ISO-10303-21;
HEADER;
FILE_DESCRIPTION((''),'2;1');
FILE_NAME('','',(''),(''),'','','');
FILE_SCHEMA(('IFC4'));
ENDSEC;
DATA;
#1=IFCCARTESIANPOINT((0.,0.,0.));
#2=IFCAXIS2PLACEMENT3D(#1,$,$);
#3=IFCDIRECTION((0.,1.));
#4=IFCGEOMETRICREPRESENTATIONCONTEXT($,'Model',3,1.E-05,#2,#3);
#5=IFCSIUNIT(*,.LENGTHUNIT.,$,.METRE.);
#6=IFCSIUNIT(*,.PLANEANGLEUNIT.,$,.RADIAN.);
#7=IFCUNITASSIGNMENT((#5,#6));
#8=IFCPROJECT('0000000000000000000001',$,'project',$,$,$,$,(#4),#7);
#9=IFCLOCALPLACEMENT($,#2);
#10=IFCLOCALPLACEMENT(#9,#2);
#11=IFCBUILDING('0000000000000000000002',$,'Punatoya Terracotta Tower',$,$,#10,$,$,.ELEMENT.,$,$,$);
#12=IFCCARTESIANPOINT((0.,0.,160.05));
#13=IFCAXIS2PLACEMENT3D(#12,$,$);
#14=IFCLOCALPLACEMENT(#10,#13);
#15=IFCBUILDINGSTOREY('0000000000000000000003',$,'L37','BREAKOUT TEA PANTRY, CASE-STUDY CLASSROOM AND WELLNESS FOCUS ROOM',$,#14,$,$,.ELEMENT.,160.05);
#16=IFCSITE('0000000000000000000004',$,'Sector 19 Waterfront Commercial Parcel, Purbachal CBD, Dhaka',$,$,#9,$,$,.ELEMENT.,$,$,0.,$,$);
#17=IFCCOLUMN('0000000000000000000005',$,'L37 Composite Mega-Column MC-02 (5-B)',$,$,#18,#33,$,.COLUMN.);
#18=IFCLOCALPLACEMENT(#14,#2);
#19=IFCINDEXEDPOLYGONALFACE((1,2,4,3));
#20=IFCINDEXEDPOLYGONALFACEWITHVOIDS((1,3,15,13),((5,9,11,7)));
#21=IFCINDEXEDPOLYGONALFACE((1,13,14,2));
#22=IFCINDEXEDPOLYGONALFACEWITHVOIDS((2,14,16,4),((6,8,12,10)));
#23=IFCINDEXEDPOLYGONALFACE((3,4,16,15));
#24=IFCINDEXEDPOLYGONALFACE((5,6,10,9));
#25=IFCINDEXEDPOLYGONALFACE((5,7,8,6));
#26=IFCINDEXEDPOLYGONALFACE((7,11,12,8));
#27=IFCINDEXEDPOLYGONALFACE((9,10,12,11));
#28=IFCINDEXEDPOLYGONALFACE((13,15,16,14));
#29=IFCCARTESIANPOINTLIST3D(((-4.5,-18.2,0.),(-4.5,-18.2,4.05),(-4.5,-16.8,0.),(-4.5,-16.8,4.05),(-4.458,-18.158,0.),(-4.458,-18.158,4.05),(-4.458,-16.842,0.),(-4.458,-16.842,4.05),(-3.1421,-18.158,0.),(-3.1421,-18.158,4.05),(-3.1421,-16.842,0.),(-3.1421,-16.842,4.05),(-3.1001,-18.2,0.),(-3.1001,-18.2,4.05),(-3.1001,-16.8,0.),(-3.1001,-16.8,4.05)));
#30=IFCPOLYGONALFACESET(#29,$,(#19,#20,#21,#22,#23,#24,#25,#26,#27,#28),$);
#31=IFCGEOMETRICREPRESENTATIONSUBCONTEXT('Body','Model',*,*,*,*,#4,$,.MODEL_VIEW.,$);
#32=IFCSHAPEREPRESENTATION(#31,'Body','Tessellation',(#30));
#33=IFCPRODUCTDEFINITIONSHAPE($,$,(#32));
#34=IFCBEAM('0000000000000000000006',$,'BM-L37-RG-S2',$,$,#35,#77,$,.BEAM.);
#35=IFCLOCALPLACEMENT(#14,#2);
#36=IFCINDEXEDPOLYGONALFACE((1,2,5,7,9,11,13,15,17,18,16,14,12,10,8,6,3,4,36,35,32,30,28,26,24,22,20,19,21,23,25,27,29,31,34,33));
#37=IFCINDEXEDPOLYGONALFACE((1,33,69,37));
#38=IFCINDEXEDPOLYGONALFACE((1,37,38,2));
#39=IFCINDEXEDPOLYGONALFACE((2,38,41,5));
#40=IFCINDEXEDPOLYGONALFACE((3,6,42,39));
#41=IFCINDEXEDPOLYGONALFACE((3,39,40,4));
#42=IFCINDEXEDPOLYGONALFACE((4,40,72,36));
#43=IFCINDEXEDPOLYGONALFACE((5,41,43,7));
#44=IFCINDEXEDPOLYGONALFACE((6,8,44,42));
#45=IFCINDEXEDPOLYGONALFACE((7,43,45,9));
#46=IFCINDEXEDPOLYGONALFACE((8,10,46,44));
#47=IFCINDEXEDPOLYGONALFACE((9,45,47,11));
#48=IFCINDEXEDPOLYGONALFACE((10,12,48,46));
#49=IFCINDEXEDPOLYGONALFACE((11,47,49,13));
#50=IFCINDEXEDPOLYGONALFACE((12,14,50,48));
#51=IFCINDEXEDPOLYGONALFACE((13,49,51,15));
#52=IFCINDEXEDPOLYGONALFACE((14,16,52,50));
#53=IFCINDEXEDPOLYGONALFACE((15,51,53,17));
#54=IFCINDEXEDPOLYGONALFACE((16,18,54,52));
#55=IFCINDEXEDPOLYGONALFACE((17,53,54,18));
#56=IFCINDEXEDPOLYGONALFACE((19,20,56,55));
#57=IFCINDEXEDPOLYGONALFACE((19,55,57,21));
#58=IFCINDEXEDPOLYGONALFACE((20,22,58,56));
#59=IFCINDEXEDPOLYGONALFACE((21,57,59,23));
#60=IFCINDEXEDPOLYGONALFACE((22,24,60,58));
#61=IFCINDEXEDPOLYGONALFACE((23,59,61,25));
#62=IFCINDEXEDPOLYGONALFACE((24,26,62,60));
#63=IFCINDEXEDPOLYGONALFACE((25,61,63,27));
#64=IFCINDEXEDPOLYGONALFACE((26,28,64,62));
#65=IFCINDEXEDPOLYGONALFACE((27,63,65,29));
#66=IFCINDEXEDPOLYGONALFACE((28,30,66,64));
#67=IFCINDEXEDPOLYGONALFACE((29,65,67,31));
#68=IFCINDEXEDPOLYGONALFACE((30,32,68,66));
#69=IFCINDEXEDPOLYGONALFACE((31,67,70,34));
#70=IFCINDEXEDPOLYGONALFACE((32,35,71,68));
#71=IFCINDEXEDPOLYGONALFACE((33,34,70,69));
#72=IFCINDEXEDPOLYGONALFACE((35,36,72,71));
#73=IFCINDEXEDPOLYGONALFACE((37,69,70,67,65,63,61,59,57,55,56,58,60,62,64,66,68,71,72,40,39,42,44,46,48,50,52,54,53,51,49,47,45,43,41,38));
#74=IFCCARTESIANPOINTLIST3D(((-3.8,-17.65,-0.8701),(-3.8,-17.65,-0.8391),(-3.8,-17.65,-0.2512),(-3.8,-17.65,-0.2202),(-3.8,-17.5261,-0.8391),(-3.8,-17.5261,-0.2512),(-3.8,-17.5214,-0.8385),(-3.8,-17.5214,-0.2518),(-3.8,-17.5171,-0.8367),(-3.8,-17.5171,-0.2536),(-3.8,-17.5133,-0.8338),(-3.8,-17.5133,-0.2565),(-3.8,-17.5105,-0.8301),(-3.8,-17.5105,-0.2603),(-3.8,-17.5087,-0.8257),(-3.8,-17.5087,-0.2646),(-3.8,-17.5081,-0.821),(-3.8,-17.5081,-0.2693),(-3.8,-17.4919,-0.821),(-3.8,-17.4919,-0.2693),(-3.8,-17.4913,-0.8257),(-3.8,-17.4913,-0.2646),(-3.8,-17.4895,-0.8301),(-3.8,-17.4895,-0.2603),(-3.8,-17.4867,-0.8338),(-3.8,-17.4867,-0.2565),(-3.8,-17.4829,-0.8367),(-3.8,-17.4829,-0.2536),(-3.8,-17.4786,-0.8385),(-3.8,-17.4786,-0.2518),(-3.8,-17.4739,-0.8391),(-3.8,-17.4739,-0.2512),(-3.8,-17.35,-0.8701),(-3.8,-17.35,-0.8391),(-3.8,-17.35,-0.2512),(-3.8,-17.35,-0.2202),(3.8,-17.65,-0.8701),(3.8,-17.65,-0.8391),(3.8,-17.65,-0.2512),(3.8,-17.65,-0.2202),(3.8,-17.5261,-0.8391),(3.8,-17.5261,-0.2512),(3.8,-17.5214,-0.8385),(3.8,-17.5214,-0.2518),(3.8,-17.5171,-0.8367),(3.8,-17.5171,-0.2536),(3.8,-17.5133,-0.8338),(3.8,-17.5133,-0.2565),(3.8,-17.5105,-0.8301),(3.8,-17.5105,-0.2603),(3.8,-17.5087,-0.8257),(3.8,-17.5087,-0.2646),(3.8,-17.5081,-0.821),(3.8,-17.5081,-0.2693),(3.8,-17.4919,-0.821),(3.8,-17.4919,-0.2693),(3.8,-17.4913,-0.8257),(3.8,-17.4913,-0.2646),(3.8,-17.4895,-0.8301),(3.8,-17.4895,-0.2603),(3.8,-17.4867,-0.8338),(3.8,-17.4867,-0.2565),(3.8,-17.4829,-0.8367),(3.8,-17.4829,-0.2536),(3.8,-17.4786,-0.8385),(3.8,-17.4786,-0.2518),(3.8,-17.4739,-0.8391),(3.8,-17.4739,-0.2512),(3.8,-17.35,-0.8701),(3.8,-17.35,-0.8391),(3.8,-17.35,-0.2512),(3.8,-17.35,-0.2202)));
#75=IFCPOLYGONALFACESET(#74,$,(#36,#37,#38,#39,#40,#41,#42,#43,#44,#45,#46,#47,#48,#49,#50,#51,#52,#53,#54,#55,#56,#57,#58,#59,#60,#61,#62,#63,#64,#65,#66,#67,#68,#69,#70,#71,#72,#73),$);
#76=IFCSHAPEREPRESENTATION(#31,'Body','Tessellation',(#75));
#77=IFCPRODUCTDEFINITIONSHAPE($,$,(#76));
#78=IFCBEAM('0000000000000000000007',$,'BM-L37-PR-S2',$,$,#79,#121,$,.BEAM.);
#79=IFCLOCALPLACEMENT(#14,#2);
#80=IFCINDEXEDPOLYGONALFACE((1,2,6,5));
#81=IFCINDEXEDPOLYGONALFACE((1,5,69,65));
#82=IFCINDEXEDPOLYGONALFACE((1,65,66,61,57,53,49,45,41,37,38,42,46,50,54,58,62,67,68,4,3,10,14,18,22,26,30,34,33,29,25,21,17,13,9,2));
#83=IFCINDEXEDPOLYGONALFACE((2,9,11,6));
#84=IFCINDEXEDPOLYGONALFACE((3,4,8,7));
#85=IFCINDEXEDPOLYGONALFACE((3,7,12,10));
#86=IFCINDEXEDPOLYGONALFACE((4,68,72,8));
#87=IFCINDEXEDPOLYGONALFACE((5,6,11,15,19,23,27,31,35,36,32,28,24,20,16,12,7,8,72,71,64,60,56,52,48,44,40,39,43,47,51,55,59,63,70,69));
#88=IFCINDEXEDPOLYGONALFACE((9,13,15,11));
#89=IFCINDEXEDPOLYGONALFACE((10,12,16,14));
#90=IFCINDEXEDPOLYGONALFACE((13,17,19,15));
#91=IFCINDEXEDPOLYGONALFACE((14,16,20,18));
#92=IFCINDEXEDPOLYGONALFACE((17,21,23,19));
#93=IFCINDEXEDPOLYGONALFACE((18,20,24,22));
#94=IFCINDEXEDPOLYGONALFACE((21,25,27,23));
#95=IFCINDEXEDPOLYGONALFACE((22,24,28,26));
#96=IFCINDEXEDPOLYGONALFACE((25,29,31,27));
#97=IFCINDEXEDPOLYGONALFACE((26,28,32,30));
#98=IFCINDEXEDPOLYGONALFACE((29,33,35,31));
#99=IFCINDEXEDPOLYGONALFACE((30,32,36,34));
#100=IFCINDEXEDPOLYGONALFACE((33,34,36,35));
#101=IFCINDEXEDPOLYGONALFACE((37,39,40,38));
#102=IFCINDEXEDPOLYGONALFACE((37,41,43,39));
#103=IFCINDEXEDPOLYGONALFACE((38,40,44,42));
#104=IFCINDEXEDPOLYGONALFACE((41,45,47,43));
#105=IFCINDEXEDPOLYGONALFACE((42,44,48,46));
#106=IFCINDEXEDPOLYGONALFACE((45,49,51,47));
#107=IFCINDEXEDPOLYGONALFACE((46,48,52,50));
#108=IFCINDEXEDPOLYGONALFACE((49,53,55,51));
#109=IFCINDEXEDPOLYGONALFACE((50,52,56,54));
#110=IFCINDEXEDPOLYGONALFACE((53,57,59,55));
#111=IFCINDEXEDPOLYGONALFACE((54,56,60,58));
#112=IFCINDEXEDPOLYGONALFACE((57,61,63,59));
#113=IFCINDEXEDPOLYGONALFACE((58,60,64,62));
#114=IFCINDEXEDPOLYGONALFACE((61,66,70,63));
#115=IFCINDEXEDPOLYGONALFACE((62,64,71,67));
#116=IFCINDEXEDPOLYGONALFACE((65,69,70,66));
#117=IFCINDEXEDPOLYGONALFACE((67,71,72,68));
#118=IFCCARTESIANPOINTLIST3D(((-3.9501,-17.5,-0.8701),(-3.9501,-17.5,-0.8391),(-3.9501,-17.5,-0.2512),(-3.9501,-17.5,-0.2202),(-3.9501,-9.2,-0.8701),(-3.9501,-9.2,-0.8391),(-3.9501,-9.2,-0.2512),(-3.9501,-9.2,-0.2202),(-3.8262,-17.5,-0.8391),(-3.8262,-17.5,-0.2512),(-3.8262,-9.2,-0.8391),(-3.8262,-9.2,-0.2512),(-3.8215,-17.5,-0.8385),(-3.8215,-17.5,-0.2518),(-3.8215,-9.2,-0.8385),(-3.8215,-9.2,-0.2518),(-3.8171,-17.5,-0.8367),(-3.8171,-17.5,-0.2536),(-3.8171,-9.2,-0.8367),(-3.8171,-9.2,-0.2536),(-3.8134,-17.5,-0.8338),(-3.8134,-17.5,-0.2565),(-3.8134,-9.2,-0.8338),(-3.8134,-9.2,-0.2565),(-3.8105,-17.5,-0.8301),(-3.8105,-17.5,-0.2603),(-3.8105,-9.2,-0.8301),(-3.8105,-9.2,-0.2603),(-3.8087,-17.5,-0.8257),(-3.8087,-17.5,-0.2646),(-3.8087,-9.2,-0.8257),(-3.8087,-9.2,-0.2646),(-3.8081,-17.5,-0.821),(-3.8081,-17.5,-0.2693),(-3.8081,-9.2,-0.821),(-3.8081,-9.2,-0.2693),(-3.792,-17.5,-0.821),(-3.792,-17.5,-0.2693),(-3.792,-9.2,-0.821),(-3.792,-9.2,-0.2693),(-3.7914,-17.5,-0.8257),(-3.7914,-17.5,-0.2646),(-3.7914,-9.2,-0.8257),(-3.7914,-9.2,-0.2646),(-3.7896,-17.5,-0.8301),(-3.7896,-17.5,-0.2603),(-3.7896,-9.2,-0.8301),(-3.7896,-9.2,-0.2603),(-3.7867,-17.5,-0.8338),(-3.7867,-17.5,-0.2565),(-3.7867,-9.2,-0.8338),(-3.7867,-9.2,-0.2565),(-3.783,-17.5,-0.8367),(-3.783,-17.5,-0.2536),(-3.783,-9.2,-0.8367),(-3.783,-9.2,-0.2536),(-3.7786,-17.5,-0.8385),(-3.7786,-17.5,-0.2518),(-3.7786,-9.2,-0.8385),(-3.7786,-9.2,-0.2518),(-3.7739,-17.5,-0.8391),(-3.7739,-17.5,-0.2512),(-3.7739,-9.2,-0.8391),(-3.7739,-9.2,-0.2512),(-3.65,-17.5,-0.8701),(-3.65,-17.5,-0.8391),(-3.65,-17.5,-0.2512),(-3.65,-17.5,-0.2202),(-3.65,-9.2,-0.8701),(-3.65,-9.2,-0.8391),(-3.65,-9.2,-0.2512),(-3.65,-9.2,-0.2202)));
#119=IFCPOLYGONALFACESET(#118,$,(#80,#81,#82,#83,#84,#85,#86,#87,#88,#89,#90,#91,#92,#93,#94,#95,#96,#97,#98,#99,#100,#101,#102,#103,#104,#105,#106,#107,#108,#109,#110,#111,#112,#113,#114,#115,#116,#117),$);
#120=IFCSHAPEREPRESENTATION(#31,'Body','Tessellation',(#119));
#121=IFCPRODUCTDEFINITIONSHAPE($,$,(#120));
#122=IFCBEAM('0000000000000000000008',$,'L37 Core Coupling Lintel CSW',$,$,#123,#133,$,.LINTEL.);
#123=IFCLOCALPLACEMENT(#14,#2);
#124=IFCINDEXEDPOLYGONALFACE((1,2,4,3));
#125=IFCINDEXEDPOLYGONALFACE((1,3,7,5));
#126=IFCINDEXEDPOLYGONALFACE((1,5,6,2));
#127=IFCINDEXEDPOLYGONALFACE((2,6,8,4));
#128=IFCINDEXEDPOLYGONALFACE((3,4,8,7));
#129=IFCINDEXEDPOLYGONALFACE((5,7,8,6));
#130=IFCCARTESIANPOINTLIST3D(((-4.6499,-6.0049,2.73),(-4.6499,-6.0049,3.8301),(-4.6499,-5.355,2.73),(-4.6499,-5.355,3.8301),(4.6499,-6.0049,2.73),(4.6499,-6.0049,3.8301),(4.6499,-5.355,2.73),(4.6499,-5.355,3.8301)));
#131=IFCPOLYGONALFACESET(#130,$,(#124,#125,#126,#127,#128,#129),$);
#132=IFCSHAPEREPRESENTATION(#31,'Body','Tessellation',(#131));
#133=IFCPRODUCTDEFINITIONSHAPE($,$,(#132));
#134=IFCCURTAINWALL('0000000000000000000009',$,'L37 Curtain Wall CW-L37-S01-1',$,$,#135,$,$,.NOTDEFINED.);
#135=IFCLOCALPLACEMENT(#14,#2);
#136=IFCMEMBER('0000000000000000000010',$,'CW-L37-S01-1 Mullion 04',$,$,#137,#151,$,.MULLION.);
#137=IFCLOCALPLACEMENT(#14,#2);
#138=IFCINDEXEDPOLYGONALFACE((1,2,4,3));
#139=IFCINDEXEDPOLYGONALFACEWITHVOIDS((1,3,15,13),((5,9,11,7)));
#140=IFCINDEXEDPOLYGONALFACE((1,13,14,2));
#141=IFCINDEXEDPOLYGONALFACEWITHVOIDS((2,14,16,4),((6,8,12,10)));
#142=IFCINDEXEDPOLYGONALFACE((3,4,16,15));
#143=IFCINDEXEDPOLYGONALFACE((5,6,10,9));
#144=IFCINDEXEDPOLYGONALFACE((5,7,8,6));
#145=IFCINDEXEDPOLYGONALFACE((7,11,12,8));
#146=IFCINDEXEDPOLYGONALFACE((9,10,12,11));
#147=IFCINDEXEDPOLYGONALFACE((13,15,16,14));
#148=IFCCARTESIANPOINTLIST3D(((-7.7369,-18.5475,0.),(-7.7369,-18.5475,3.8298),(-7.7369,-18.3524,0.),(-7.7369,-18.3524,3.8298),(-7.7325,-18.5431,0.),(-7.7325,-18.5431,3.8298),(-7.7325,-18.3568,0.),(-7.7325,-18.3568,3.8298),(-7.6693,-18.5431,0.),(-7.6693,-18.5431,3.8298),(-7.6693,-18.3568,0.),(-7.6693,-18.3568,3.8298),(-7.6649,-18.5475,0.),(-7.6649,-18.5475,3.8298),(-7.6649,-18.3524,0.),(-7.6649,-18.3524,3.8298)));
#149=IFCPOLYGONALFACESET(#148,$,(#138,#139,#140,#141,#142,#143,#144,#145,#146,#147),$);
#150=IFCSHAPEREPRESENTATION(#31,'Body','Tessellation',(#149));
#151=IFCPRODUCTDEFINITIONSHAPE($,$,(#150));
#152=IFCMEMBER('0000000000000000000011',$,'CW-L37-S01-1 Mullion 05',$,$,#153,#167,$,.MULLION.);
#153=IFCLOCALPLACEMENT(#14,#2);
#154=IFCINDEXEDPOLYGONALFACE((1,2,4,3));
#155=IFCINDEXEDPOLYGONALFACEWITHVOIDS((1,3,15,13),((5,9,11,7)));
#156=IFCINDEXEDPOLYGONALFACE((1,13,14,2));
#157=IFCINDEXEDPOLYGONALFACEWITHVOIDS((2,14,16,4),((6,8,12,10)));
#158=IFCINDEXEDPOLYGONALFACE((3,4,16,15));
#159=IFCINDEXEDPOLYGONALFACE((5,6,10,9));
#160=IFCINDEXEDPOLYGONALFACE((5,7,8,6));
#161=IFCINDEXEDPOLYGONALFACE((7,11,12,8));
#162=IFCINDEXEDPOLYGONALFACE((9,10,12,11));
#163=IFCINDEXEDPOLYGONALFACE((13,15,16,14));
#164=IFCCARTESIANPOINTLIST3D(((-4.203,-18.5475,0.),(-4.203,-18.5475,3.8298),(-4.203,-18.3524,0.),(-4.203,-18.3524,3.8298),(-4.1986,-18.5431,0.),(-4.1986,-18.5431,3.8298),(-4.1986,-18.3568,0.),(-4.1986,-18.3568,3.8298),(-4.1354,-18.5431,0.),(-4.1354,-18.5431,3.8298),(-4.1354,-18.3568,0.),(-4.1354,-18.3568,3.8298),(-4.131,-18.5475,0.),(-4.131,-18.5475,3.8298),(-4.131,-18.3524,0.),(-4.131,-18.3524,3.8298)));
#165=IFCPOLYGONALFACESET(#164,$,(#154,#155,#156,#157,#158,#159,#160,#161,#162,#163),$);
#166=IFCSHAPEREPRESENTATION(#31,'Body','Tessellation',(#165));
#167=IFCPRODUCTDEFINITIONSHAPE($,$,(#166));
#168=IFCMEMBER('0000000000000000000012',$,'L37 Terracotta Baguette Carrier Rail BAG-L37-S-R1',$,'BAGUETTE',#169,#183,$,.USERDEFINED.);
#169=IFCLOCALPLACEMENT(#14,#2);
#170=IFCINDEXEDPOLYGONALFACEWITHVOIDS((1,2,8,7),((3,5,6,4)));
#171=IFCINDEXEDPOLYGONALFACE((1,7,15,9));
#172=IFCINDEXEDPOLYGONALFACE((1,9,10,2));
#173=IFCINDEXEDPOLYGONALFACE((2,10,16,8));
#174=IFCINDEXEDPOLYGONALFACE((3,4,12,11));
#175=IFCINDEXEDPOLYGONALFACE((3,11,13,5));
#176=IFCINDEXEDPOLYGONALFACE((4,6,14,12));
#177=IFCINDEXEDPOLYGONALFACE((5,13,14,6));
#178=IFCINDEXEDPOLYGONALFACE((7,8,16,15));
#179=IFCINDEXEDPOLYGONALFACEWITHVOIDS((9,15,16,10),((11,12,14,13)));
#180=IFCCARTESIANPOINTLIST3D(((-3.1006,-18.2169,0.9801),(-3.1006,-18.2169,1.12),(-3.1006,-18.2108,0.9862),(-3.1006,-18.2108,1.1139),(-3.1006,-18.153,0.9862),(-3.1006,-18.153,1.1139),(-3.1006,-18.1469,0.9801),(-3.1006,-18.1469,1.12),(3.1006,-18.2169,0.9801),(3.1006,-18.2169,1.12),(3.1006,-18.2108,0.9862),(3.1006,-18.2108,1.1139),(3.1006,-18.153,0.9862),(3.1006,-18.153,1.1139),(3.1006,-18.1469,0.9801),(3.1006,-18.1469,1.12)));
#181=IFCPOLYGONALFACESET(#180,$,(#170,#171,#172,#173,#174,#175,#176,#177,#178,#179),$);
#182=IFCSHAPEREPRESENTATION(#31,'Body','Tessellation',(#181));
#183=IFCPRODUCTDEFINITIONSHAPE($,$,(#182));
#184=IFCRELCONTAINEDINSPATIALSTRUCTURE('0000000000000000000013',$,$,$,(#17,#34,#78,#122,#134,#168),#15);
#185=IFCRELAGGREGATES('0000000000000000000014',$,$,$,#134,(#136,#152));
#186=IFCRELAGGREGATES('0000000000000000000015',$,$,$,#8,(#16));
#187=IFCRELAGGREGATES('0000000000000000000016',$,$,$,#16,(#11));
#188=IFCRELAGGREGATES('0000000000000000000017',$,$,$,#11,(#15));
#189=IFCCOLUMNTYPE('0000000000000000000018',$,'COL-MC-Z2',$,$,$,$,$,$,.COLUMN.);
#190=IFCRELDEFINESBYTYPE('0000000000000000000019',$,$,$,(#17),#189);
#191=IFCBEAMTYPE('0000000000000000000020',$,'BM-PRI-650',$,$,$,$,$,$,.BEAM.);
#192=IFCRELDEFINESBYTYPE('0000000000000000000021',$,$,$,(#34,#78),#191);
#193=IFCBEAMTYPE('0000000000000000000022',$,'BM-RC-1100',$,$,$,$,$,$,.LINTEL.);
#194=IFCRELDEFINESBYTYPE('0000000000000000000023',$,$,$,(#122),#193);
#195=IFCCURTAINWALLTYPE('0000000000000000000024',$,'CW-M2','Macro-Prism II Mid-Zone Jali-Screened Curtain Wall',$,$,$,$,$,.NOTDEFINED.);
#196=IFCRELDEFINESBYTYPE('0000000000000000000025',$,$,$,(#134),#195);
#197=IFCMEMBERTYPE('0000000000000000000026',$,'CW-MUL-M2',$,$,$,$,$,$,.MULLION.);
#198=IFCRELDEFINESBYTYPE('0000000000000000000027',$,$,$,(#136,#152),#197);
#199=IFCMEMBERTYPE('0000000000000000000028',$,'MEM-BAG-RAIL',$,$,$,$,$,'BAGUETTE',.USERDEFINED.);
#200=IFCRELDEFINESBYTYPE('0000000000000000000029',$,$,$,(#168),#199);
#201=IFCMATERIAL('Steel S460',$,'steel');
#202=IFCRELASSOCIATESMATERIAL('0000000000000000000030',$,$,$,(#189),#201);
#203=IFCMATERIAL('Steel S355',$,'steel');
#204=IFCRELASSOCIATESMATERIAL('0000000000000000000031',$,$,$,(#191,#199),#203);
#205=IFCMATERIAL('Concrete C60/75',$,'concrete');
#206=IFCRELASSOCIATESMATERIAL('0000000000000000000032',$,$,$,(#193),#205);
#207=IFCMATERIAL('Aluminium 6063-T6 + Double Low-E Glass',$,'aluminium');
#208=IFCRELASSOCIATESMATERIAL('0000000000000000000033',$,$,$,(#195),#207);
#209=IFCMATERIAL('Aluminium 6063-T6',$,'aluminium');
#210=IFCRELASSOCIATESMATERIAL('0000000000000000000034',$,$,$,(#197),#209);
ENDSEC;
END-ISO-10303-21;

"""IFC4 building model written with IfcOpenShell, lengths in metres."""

from ifc_helpers import new_model, si_unit, direction, frame, origin, origin_2d, place, context, subcontext, project, spatial, rectangle, hollow_rectangle, i_section, extrude, material, material_profile, profile_set, type_object, element, aggregate, save


model = new_model("IFC4")

# Units and contexts
model_context = context("Model", 3, precision=1e-05, world=origin(), true_north=direction((0.0, 1.0)))
body_context = subcontext(model_context, "Body", "Model", "MODEL_VIEW")
ifc_project = project(units=[si_unit("LENGTHUNIT", "METRE"), si_unit("PLANEANGLEUNIT", "RADIAN")], contexts=[model_context])

# Site, building, storey
site_placement = place(None, origin())
site = spatial("IfcSite", under=ifc_project, at=site_placement, Name="Sector 19 Waterfront Commercial Parcel, Purbachal CBD, Dhaka", CompositionType="ELEMENT", RefElevation=0.0)
building_placement = place(site_placement, origin())
building = spatial("IfcBuilding", under=site, at=building_placement, Name="Punatoya Terracotta Tower", CompositionType="ELEMENT")
storey_placement = place(building_placement, frame((0.0, 0.0, 160.05)))
storey = spatial("IfcBuildingStorey", under=building, at=storey_placement, Name="L37", Description="BREAKOUT TEA PANTRY, CASE-STUDY CLASSROOM AND WELLNESS FOCUS ROOM", CompositionType="ELEMENT", Elevation=160.05)

# Column
ifc_material_1 = material(Name="Steel S460", Category="steel")
ifc_material_profile_1 = material_profile(ifc_material_1, hollow_rectangle(XDim=1.3999, YDim=1.3999, WallThickness=0.042, at=origin_2d()))
ifc_profile_set_1 = profile_set([ifc_material_profile_1], Name="Steel S460")
column_type = type_object("IfcColumnType", Name="COL-MC-Z2", PredefinedType="COLUMN", material=ifc_profile_set_1)
column_placement = place(storey_placement, frame((-3.8, -17.5, 0.0), z_axis=(0.0, 0.0, 1.0), x_axis=(1.0, 0.0, 0.0)))
element("IfcColumn", 1, at=column_placement, inside=storey, type_object=column_type, Name="L37 Composite Mega-Column MC-02 (5-B)", PredefinedType="COLUMN", context=body_context, shape_type="SweptSolid", body=[
    extrude(hollow_rectangle(XDim=1.3999, YDim=1.3999, WallThickness=0.042, at=origin_2d()), origin(), (0.0, 0.0, 1.0), 4.05),
])

# Beams
ifc_material_2 = material(Name="Steel S355", Category="steel")
ifc_material_profile_2 = material_profile(ifc_material_2, i_section(OverallWidth=0.3, OverallDepth=0.6499, WebThickness=0.0161, FlangeThickness=0.031, FilletRadius=0.0181, at=origin_2d()))
ifc_profile_set_2 = profile_set([ifc_material_profile_2], Name="Steel S355")
beam_type_1 = type_object("IfcBeamType", Name="BM-PRI-650", PredefinedType="BEAM", material=ifc_profile_set_2)
beam_1_placement = place(storey_placement, frame((-3.8, -17.5, -0.5452), z_axis=(1.0, 0.0, 0.0), x_axis=(0.0, 1.0, 0.0)))
element("IfcBeam", 2, at=beam_1_placement, inside=storey, type_object=beam_type_1, Name="BM-L37-RG-S2", PredefinedType="BEAM", context=body_context, shape_type="SweptSolid", body=[
    extrude(i_section(OverallWidth=0.3, OverallDepth=0.6499, WebThickness=0.0161, FlangeThickness=0.031, FilletRadius=0.0181, at=origin_2d()), origin(), (0.0, 0.0, 1.0), 7.6001),
])
beam_2_placement = place(storey_placement, frame((-3.8, -17.5, -0.5452), z_axis=(0.0, 1.0, 0.0), x_axis=(-1.0, 0.0, 0.0)))
element("IfcBeam", 3, at=beam_2_placement, inside=storey, type_object=beam_type_1, Name="BM-L37-PR-S2", PredefinedType="BEAM", context=body_context, shape_type="SweptSolid", body=[
    extrude(i_section(OverallWidth=0.3, OverallDepth=0.6499, WebThickness=0.0161, FlangeThickness=0.031, FilletRadius=0.0181, at=origin_2d()), origin(), (0.0, 0.0, 1.0), 8.3),
])
ifc_material_3 = material(Name="Concrete C60/75", Category="concrete")
ifc_material_profile_3 = material_profile(ifc_material_3, rectangle(XDim=0.6499, YDim=1.1001, at=origin_2d()))
ifc_profile_set_3 = profile_set([ifc_material_profile_3], Name="Concrete C60/75")
beam_type_2 = type_object("IfcBeamType", Name="BM-RC-1100", PredefinedType="LINTEL", material=ifc_profile_set_3)
beam_3_placement = place(storey_placement, frame((-4.6499, -5.6799, 3.28), z_axis=(1.0, 0.0, 0.0), x_axis=(0.0, 1.0, 0.0)))
element("IfcBeam", 4, at=beam_3_placement, inside=storey, type_object=beam_type_2, Name="L37 Core Coupling Lintel CSW", PredefinedType="LINTEL", context=body_context, shape_type="SweptSolid", body=[
    extrude(rectangle(XDim=0.6499, YDim=1.1001, at=origin_2d()), origin(), (0.0, 0.0, 1.0), 9.2998),
])

# Curtain wall, members
ifc_material_4 = material(Name="Aluminium 6063-T6 + Double Low-E Glass", Category="aluminium")
curtain_wall_type = type_object("IfcCurtainWallType", Name="CW-M2", Description="Macro-Prism II Mid-Zone Jali-Screened Curtain Wall", PredefinedType="NOTDEFINED", material=ifc_material_4)
curtain_wall_placement = place(storey_placement, origin())
curtain_wall = element("IfcCurtainWall", 5, at=curtain_wall_placement, inside=storey, type_object=curtain_wall_type, Name="L37 Curtain Wall CW-L37-S01-1", PredefinedType="NOTDEFINED")
ifc_material_5 = material(Name="Aluminium 6063-T6", Category="aluminium")
ifc_material_profile_4 = material_profile(ifc_material_5, hollow_rectangle(XDim=0.072, YDim=0.1951, WallThickness=0.0044, at=origin_2d()))
ifc_profile_set_4 = profile_set([ifc_material_profile_4], Name="Aluminium 6063-T6")
member_type_1 = type_object("IfcMemberType", Name="CW-MUL-M2", PredefinedType="MULLION", material=ifc_profile_set_4)
member_1_placement = place(storey_placement, frame((-7.7009, -18.45, 0.0), z_axis=(0.0, 0.0, 1.0), x_axis=(1.0, 0.0, 0.0)))
member_1 = element("IfcMember", 6, at=member_1_placement, type_object=member_type_1, Name="CW-L37-S01-1 Mullion 04", PredefinedType="MULLION", context=body_context, shape_type="SweptSolid", body=[
    extrude(hollow_rectangle(XDim=0.072, YDim=0.1951, WallThickness=0.0044, at=origin_2d()), origin(), (0.0, 0.0, 1.0), 3.8298),
])
member_2_placement = place(storey_placement, frame((-4.167, -18.45, 0.0), z_axis=(0.0, 0.0, 1.0), x_axis=(1.0, 0.0, 0.0)))
member_2 = element("IfcMember", 7, at=member_2_placement, type_object=member_type_1, Name="CW-L37-S01-1 Mullion 05", PredefinedType="MULLION", context=body_context, shape_type="SweptSolid", body=[
    extrude(hollow_rectangle(XDim=0.072, YDim=0.1951, WallThickness=0.0044, at=origin_2d()), origin(), (0.0, 0.0, 1.0), 3.8298),
])

# Member
ifc_material_profile_5 = material_profile(ifc_material_2, hollow_rectangle(XDim=0.0701, YDim=0.1399, WallThickness=0.0061, at=origin_2d()))
ifc_profile_set_5 = profile_set([ifc_material_profile_5], Name="Steel S355")
member_type_2 = type_object("IfcMemberType", Name="MEM-BAG-RAIL", ElementType="BAGUETTE", PredefinedType="USERDEFINED", material=ifc_profile_set_5)
for number, where, z_axis, x_axis, name in (
    (8, (-3.1006, -18.1819, 1.05), (1.0, 0.0, 0.0), (0.0, 1.0, 0.0), "L37 Terracotta Baguette Carrier Rail BAG-L37-S-R1"),
):
    element("IfcMember", number, at=place(storey_placement, frame(where, z_axis=z_axis, x_axis=x_axis)), inside=storey, type_object=member_type_2, Name=name, ObjectType="BAGUETTE", PredefinedType="USERDEFINED", context=body_context, shape_type="SweptSolid", body=[
        extrude(hollow_rectangle(XDim=0.0701, YDim=0.1399, WallThickness=0.0061, at=origin_2d()), origin(), (0.0, 0.0, 1.0), 6.2012),
    ])

aggregate(curtain_wall, [member_1, member_2])

save(model, "model.ifc")
